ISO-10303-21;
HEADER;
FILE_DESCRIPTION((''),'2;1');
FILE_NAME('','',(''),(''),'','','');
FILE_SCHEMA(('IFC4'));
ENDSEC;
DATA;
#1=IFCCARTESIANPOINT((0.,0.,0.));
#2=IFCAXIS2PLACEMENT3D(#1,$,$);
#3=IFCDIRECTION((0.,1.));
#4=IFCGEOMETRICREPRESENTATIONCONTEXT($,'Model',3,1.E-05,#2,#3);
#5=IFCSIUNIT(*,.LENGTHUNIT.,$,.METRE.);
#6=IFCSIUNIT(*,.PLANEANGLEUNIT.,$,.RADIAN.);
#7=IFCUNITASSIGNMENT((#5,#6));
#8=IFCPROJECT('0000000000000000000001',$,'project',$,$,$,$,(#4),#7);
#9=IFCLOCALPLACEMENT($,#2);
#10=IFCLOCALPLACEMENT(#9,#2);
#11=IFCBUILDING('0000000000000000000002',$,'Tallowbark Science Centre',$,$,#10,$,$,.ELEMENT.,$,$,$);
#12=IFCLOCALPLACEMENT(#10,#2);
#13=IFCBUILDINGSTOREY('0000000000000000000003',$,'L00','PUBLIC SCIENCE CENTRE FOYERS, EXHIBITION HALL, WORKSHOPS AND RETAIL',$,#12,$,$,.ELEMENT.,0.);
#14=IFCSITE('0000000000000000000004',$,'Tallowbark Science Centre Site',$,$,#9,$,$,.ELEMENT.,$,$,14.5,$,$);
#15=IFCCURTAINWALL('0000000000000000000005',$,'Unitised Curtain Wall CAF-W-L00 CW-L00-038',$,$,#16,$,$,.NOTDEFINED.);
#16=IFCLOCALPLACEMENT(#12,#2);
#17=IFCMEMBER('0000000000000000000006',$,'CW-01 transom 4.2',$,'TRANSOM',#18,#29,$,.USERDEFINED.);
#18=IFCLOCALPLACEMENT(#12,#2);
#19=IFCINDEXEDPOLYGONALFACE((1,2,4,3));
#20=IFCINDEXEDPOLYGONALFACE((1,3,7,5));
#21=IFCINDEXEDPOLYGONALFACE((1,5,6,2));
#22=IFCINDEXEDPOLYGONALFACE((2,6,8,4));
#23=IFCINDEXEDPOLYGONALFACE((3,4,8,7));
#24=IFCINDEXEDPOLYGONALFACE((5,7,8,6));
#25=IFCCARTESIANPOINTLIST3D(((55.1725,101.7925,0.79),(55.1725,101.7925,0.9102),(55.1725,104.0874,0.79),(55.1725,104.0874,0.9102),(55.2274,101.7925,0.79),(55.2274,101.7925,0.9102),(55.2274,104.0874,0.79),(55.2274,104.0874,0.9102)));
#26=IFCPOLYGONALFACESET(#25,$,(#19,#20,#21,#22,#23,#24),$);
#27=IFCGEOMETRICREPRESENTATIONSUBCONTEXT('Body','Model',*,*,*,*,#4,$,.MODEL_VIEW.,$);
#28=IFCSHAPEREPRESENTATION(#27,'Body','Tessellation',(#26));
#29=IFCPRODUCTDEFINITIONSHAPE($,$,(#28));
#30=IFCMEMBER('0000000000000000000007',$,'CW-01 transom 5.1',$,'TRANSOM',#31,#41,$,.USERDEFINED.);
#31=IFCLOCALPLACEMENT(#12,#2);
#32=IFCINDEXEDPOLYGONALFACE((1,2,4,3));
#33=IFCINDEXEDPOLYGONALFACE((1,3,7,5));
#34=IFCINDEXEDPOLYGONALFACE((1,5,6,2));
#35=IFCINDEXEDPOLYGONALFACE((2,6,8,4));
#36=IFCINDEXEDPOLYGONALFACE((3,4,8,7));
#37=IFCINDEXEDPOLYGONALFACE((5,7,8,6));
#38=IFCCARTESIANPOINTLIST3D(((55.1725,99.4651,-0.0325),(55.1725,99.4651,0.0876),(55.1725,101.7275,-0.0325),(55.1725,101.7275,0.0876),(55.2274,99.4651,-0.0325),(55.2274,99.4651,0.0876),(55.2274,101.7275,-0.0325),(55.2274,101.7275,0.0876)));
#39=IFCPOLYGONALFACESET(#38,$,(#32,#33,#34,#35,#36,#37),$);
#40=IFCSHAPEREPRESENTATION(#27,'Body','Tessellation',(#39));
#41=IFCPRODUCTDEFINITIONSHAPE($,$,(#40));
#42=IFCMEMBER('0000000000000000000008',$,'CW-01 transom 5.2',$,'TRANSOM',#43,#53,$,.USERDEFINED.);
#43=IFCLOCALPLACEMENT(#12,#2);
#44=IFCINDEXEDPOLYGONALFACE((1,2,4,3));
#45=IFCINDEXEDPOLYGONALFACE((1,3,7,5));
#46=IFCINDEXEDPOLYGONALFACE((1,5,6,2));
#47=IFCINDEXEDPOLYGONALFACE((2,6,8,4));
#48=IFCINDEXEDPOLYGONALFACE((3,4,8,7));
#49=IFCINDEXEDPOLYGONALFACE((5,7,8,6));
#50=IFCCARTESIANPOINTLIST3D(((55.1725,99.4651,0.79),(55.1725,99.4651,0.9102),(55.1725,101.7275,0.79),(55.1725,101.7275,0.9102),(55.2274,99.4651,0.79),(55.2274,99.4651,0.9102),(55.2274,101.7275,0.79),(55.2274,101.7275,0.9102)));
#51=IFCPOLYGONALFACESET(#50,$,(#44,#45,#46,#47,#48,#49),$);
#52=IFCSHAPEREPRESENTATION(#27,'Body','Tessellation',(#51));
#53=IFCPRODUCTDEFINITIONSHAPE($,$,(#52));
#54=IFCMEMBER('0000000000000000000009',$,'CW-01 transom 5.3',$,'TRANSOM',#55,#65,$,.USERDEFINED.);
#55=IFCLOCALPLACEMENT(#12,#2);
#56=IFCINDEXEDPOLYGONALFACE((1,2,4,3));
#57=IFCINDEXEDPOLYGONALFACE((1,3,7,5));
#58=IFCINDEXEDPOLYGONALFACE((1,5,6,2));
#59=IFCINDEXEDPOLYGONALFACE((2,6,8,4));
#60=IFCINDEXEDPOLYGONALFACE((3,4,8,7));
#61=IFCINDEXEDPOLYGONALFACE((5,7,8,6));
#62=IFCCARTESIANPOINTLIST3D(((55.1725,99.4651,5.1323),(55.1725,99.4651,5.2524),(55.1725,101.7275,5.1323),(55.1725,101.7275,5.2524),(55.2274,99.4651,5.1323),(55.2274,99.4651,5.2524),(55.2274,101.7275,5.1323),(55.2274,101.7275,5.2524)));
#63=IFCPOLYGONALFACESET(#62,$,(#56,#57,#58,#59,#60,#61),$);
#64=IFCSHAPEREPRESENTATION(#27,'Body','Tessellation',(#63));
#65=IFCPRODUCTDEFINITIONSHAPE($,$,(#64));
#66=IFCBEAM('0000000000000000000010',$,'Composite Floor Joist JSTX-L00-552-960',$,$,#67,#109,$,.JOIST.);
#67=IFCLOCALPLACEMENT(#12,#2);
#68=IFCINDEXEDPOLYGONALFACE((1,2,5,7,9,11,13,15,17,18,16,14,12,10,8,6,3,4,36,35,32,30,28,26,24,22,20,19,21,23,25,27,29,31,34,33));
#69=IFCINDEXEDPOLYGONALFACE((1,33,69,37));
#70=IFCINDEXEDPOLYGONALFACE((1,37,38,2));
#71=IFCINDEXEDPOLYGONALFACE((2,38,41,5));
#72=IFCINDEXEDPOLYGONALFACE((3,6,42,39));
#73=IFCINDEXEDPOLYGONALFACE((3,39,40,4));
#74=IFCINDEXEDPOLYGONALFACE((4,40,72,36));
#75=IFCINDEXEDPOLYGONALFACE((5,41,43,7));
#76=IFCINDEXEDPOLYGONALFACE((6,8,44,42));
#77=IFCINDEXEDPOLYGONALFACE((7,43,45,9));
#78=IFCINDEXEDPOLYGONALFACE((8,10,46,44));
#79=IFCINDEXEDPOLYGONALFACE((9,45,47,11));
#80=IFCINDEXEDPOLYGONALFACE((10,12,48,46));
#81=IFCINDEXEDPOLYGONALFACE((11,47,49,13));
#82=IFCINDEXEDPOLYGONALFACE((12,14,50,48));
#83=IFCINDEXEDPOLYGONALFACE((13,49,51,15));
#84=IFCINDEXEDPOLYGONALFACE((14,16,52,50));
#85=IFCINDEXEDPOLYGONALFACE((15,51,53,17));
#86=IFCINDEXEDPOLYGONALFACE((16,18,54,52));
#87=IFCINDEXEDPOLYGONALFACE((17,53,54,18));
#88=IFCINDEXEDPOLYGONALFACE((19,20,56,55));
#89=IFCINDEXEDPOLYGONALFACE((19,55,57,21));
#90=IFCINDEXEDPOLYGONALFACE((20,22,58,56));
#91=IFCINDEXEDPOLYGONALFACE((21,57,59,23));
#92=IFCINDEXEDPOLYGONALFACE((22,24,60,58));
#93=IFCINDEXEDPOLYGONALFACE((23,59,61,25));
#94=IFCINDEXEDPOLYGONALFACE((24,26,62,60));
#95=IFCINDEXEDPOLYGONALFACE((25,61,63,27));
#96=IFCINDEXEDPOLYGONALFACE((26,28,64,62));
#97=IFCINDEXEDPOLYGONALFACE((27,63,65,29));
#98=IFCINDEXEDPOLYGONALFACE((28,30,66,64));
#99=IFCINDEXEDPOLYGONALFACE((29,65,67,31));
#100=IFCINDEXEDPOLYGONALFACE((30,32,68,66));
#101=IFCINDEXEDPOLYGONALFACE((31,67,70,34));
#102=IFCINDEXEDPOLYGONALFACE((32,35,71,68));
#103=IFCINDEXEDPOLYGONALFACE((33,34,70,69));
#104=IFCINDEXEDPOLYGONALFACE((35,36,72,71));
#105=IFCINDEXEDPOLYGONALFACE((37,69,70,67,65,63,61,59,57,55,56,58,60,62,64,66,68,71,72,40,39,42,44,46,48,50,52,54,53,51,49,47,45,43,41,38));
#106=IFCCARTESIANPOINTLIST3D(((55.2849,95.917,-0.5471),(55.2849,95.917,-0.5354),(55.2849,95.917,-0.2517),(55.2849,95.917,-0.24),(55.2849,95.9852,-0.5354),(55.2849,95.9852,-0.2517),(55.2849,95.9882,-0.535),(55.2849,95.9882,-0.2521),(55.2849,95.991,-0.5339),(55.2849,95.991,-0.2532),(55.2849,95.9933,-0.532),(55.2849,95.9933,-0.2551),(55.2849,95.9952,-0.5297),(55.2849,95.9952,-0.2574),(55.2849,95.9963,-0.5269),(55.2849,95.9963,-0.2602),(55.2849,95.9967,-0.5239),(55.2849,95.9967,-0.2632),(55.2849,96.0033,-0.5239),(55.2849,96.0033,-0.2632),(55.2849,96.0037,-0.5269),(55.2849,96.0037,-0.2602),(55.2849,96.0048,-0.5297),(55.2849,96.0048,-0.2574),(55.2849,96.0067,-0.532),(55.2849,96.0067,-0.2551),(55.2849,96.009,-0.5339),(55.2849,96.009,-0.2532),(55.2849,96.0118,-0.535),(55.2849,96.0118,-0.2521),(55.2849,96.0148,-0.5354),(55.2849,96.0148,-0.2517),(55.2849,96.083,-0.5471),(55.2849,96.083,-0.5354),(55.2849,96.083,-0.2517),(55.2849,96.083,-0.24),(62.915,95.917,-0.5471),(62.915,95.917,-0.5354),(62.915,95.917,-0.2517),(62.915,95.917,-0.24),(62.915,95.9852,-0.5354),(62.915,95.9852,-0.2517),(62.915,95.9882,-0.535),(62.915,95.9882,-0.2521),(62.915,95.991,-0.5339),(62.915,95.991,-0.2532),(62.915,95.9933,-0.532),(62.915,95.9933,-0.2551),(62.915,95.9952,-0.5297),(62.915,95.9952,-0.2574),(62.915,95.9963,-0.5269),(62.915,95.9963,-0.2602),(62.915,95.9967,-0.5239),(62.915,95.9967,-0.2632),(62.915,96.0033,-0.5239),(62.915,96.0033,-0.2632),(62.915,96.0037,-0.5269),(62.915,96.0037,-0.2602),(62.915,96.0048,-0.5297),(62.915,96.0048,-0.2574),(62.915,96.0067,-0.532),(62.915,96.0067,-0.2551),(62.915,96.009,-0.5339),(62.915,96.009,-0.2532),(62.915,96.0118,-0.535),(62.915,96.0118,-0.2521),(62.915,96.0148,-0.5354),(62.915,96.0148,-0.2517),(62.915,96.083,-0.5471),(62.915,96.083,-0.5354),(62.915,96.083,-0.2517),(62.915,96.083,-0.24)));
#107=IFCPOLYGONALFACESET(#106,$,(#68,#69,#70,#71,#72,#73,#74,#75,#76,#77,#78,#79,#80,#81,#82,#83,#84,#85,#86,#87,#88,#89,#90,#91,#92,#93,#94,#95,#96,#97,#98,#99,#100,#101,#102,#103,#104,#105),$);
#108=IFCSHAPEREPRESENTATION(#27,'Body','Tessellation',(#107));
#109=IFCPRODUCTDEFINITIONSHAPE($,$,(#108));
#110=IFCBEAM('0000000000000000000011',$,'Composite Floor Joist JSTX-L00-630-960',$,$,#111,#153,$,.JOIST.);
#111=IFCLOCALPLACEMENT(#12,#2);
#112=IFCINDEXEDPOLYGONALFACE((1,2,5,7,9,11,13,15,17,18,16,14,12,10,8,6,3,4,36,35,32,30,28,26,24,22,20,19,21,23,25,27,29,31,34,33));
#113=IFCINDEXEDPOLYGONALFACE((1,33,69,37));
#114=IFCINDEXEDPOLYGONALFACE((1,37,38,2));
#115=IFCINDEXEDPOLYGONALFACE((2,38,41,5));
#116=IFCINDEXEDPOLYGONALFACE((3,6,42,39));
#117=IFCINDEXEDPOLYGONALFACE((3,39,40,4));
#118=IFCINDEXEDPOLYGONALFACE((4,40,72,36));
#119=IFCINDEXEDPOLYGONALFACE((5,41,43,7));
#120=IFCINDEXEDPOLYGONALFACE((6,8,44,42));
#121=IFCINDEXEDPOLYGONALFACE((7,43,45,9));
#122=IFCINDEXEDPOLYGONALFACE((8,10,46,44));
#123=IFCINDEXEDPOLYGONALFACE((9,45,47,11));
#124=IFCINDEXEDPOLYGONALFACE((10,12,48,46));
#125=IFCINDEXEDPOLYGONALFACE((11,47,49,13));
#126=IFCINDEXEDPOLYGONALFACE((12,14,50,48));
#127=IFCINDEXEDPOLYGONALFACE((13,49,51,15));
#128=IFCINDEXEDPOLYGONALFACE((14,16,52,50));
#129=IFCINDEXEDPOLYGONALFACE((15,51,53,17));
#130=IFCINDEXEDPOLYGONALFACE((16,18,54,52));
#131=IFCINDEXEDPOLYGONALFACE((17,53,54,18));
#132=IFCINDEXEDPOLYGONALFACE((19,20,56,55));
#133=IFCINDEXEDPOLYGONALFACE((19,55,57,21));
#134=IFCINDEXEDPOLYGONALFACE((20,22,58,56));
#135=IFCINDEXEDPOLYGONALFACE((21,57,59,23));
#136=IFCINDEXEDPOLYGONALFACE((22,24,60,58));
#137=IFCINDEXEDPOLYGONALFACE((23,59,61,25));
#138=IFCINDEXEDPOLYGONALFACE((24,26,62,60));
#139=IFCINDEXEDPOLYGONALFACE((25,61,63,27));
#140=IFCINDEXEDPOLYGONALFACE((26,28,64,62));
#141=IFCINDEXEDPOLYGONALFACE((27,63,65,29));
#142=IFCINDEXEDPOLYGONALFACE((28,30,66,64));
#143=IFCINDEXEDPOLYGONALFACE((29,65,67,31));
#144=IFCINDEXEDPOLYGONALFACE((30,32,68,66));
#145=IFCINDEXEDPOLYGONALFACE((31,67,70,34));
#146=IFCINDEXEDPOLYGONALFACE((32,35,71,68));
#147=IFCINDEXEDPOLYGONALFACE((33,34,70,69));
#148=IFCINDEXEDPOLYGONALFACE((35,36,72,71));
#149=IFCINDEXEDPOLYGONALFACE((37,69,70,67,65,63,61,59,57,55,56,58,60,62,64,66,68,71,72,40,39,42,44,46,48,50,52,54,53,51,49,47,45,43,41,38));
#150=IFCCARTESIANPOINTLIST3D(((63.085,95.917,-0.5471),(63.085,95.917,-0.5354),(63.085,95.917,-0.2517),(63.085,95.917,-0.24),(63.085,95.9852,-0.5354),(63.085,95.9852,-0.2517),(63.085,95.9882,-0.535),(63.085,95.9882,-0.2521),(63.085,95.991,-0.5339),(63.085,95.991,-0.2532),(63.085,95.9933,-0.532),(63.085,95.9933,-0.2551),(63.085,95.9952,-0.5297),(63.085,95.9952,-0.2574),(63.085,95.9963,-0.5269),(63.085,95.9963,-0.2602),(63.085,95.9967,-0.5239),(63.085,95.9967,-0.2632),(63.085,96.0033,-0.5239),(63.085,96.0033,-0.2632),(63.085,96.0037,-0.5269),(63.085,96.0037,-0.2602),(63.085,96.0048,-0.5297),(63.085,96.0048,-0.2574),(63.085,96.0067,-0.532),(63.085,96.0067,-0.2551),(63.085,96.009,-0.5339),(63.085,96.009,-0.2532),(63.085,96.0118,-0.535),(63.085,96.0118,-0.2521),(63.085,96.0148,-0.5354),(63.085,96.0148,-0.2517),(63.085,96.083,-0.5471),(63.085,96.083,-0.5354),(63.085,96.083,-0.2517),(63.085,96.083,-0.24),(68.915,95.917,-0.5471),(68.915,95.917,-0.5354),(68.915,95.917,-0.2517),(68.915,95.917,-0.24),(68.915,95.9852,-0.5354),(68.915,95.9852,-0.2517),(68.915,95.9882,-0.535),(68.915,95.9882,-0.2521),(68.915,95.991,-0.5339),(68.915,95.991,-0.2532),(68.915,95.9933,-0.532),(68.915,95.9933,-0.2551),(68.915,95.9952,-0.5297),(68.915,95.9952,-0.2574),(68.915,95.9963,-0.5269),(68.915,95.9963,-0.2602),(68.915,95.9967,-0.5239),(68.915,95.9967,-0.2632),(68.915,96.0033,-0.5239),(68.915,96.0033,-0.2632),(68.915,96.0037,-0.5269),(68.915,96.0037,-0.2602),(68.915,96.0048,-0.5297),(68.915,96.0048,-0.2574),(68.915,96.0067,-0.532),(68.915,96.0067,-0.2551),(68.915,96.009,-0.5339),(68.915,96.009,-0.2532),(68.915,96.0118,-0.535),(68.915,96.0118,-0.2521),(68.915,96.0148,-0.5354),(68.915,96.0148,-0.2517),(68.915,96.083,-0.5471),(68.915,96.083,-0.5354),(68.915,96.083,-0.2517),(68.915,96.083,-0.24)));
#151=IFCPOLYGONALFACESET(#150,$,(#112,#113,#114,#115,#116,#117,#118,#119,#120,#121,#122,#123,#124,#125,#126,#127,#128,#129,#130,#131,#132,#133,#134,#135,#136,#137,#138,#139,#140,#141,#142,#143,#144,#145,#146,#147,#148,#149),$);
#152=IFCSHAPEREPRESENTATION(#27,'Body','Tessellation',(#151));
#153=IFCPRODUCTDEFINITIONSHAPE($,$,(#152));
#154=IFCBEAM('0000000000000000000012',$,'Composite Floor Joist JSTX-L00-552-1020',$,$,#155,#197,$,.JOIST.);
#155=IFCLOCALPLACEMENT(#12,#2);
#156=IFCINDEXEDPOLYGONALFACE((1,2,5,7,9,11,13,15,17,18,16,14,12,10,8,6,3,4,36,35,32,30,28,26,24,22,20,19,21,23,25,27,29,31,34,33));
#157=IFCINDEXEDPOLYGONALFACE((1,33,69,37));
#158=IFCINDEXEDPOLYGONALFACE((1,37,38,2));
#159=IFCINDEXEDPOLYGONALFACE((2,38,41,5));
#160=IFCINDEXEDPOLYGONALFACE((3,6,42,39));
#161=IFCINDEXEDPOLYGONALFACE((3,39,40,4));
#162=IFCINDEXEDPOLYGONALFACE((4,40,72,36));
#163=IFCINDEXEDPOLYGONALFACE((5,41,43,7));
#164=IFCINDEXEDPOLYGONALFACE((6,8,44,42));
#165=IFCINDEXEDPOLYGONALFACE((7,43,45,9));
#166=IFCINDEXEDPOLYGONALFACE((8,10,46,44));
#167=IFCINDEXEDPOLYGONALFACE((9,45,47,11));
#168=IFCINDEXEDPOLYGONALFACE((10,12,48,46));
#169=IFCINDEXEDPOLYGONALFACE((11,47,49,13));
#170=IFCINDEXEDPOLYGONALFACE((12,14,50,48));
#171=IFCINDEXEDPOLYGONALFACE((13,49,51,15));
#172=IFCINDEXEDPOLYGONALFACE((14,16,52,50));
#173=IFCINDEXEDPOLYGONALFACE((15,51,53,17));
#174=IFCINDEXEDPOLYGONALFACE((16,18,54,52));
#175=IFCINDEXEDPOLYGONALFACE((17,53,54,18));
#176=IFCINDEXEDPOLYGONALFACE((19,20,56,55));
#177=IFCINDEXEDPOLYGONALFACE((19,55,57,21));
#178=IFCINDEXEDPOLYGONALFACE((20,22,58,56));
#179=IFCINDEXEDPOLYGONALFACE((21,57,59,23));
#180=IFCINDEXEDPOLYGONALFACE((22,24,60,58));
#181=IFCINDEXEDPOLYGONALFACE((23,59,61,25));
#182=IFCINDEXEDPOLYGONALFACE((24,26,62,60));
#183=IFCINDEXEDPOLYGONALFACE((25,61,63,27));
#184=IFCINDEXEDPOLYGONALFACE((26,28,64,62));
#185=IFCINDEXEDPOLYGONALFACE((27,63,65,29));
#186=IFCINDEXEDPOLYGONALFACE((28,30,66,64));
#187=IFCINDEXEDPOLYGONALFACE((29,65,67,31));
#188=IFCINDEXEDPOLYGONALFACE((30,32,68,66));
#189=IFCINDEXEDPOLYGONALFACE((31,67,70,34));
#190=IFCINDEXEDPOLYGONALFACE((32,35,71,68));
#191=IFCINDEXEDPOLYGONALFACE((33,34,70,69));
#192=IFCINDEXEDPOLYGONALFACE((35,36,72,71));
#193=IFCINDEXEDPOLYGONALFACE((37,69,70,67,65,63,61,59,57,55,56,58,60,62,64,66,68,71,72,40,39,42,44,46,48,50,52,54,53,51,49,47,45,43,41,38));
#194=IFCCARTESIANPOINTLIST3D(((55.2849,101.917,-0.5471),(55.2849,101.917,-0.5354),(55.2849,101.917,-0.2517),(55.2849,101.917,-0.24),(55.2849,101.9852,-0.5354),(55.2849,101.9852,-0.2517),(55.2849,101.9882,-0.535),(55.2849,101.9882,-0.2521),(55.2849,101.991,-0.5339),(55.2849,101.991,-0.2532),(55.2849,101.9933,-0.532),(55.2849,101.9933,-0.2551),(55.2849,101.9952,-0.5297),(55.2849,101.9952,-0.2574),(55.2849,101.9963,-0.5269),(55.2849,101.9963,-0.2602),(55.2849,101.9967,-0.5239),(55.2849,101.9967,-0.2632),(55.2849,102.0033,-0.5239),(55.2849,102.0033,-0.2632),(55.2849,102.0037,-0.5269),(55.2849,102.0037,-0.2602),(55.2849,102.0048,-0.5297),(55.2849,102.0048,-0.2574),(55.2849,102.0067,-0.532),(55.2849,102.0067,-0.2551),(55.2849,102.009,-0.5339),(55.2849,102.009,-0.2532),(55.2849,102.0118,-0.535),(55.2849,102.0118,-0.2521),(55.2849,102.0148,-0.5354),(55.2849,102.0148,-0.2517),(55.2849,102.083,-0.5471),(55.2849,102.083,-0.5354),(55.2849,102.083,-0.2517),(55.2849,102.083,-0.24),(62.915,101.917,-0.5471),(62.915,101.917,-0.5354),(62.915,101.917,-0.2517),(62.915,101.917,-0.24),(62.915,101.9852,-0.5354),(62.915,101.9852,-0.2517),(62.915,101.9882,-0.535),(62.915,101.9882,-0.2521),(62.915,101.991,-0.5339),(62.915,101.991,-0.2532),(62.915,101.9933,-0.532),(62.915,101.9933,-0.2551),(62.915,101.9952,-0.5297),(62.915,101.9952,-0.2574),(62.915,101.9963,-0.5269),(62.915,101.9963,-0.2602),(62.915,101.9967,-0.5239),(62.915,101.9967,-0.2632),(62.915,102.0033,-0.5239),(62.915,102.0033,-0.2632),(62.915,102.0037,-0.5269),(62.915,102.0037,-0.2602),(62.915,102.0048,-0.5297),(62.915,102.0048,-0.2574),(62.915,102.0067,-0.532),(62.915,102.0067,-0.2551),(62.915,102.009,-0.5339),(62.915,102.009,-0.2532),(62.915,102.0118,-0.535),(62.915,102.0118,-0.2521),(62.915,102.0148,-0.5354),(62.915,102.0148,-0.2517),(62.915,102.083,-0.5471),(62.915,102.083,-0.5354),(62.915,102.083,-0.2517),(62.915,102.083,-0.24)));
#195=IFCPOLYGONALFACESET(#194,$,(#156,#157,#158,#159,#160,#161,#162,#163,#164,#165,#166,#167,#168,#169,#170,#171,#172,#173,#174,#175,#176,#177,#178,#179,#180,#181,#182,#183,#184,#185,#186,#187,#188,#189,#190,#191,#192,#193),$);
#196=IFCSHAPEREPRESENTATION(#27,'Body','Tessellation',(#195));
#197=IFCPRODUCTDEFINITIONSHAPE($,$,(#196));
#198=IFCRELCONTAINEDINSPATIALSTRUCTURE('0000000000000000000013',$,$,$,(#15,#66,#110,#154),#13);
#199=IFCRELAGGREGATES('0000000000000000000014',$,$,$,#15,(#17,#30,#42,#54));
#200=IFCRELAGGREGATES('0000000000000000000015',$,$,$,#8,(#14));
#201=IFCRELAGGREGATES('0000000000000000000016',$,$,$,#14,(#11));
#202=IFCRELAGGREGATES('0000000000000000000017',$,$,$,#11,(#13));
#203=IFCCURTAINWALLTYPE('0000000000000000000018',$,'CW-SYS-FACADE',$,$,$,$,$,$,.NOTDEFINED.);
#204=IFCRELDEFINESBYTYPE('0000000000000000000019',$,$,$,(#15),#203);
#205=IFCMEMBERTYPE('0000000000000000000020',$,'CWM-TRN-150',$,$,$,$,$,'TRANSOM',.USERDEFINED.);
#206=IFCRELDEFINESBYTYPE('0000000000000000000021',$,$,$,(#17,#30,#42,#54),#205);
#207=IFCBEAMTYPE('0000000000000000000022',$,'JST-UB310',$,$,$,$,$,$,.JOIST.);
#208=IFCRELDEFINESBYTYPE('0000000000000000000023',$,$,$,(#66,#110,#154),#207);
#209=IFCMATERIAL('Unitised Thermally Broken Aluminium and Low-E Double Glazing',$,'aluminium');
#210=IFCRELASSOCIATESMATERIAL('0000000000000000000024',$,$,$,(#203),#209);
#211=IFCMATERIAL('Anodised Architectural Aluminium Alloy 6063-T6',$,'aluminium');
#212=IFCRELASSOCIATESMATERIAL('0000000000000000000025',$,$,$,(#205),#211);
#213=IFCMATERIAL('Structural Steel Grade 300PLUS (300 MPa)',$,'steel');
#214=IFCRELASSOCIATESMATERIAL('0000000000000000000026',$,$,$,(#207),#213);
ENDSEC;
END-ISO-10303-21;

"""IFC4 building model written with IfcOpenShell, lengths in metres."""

from ifc_helpers import new_model, si_unit, direction, frame, origin, origin_2d, place, context, subcontext, project, spatial, rectangle, i_section, extrude, material, material_profile, profile_set, type_object, element, aggregate, save


model = new_model("IFC4")

# Units and contexts
model_context = context("Model", 3, precision=1e-05, world=origin(), true_north=direction((0.0, 1.0)))
body_context = subcontext(model_context, "Body", "Model", "MODEL_VIEW")
ifc_project = project(units=[si_unit("LENGTHUNIT", "METRE"), si_unit("PLANEANGLEUNIT", "RADIAN")], contexts=[model_context])

# Site, building, storey
site_placement = place(None, origin())
site = spatial("IfcSite", under=ifc_project, at=site_placement, Name="Tallowbark Science Centre Site", CompositionType="ELEMENT", RefElevation=14.5)
building_placement = place(site_placement, origin())
building = spatial("IfcBuilding", under=site, at=building_placement, Name="Tallowbark Science Centre", CompositionType="ELEMENT")
storey_placement = place(building_placement, origin())
storey = spatial("IfcBuildingStorey", under=building, at=storey_placement, Name="L00", Description="PUBLIC SCIENCE CENTRE FOYERS, EXHIBITION HALL, WORKSHOPS AND RETAIL", CompositionType="ELEMENT", Elevation=0.0)

# Shared definitions
ifc_material_1 = material(Name="Structural Steel Grade 300PLUS (300 MPa)", Category="steel")

# Curtain wall, members
ifc_material_2 = material(Name="Unitised Thermally Broken Aluminium and Low-E Double Glazing", Category="aluminium")
curtain_wall_type = type_object("IfcCurtainWallType", Name="CW-SYS-FACADE", PredefinedType="NOTDEFINED", material=ifc_material_2)
curtain_wall_placement = place(storey_placement, origin())
curtain_wall = element("IfcCurtainWall", 1, at=curtain_wall_placement, inside=storey, type_object=curtain_wall_type, Name="Unitised Curtain Wall CAF-W-L00 CW-L00-038", PredefinedType="NOTDEFINED")
ifc_material_3 = material(Name="Anodised Architectural Aluminium Alloy 6063-T6", Category="aluminium")
ifc_material_profile_1 = material_profile(ifc_material_3, rectangle(XDim=0.0549, YDim=0.1201, at=origin_2d()), Name="ALU55x120")
ifc_profile_set_1 = profile_set([ifc_material_profile_1], Name="Anodised Architectural Aluminium Alloy 6063-T6")
member_type_1 = type_object("IfcMemberType", Name="CWM-TRN-150", ElementType="TRANSOM", PredefinedType="USERDEFINED", material=ifc_profile_set_1)
member_1_placement = place(storey_placement, frame((55.2, 104.0874, 0.8501), z_axis=(0.0, -1.0, 0.0), x_axis=(1.0, 0.0, 0.0)))
member_1 = element("IfcMember", 2, at=member_1_placement, type_object=member_type_1, Name="CW-01 transom 4.2", ObjectType="TRANSOM", PredefinedType="USERDEFINED", context=body_context, shape_type="SweptSolid", body=[
    extrude(rectangle(XDim=0.0549, YDim=0.1201, at=origin_2d()), origin(), (0.0, 0.0, 1.0), 2.2949),
])
member_2_placement = place(storey_placement, frame((55.2, 101.7275, 0.0276), z_axis=(0.0, -1.0, 0.0), x_axis=(1.0, 0.0, 0.0)))
member_2 = element("IfcMember", 3, at=member_2_placement, type_object=member_type_1, Name="CW-01 transom 5.1", ObjectType="TRANSOM", PredefinedType="USERDEFINED", context=body_context, shape_type="SweptSolid", body=[
    extrude(rectangle(XDim=0.0549, YDim=0.1201, at=origin_2d()), origin(), (0.0, 0.0, 1.0), 2.2625),
])
member_3_placement = place(storey_placement, frame((55.2, 101.7275, 0.8501), z_axis=(0.0, -1.0, 0.0), x_axis=(1.0, 0.0, 0.0)))
member_3 = element("IfcMember", 4, at=member_3_placement, type_object=member_type_1, Name="CW-01 transom 5.2", ObjectType="TRANSOM", PredefinedType="USERDEFINED", context=body_context, shape_type="SweptSolid", body=[
    extrude(rectangle(XDim=0.0549, YDim=0.1201, at=origin_2d()), origin(), (0.0, 0.0, 1.0), 2.2625),
])
member_4_placement = place(storey_placement, frame((55.2, 101.7275, 5.1924), z_axis=(0.0, -1.0, 0.0), x_axis=(1.0, 0.0, 0.0)))
member_4 = element("IfcMember", 5, at=member_4_placement, type_object=member_type_1, Name="CW-01 transom 5.3", ObjectType="TRANSOM", PredefinedType="USERDEFINED", context=body_context, shape_type="SweptSolid", body=[
    extrude(rectangle(XDim=0.0549, YDim=0.1201, at=origin_2d()), origin(), (0.0, 0.0, 1.0), 2.2625),
])

# Beams
ifc_material_profile_2 = material_profile(ifc_material_1, i_section(OverallWidth=0.166, OverallDepth=0.3071, WebThickness=0.0066, FlangeThickness=0.0117, FilletRadius=0.0115, at=origin_2d()), Name="310UB46.2")
ifc_profile_set_2 = profile_set([ifc_material_profile_2], Name="Structural Steel Grade 300PLUS (300 MPa)")
beam_type_1 = type_object("IfcBeamType", Name="JST-UB310", PredefinedType="JOIST", material=ifc_profile_set_2)
beam_1_placement = place(storey_placement, frame((55.2849, 96.0, -0.3936), z_axis=(1.0, 0.0, 0.0), x_axis=(0.0, 1.0, 0.0)))
element("IfcBeam", 6, at=beam_1_placement, inside=storey, type_object=beam_type_1, Name="Composite Floor Joist JSTX-L00-552-960", PredefinedType="JOIST", context=body_context, shape_type="SweptSolid", body=[
    extrude(i_section(OverallWidth=0.166, OverallDepth=0.3071, WebThickness=0.0066, FlangeThickness=0.0117, FilletRadius=0.0115, at=origin_2d()), origin(), (0.0, 0.0, 1.0), 7.6301),
])
beam_2_placement = place(storey_placement, frame((63.085, 96.0, -0.3936), z_axis=(1.0, 0.0, 0.0), x_axis=(0.0, 1.0, 0.0)))
element("IfcBeam", 7, at=beam_2_placement, inside=storey, type_object=beam_type_1, Name="Composite Floor Joist JSTX-L00-630-960", PredefinedType="JOIST", context=body_context, shape_type="SweptSolid", body=[
    extrude(i_section(OverallWidth=0.166, OverallDepth=0.3071, WebThickness=0.0066, FlangeThickness=0.0117, FilletRadius=0.0115, at=origin_2d()), origin(), (0.0, 0.0, 1.0), 5.8301),
])
beam_3_placement = place(storey_placement, frame((55.2849, 102.0, -0.3936), z_axis=(1.0, 0.0, 0.0), x_axis=(0.0, 1.0, 0.0)))
element("IfcBeam", 8, at=beam_3_placement, inside=storey, type_object=beam_type_1, Name="Composite Floor Joist JSTX-L00-552-1020", PredefinedType="JOIST", context=body_context, shape_type="SweptSolid", body=[
    extrude(i_section(OverallWidth=0.166, OverallDepth=0.3071, WebThickness=0.0066, FlangeThickness=0.0117, FilletRadius=0.0115, at=origin_2d()), origin(), (0.0, 0.0, 1.0), 7.6301),
])

aggregate(curtain_wall, [member_1, member_2, member_3, member_4])

save(model, "model.ifc")
